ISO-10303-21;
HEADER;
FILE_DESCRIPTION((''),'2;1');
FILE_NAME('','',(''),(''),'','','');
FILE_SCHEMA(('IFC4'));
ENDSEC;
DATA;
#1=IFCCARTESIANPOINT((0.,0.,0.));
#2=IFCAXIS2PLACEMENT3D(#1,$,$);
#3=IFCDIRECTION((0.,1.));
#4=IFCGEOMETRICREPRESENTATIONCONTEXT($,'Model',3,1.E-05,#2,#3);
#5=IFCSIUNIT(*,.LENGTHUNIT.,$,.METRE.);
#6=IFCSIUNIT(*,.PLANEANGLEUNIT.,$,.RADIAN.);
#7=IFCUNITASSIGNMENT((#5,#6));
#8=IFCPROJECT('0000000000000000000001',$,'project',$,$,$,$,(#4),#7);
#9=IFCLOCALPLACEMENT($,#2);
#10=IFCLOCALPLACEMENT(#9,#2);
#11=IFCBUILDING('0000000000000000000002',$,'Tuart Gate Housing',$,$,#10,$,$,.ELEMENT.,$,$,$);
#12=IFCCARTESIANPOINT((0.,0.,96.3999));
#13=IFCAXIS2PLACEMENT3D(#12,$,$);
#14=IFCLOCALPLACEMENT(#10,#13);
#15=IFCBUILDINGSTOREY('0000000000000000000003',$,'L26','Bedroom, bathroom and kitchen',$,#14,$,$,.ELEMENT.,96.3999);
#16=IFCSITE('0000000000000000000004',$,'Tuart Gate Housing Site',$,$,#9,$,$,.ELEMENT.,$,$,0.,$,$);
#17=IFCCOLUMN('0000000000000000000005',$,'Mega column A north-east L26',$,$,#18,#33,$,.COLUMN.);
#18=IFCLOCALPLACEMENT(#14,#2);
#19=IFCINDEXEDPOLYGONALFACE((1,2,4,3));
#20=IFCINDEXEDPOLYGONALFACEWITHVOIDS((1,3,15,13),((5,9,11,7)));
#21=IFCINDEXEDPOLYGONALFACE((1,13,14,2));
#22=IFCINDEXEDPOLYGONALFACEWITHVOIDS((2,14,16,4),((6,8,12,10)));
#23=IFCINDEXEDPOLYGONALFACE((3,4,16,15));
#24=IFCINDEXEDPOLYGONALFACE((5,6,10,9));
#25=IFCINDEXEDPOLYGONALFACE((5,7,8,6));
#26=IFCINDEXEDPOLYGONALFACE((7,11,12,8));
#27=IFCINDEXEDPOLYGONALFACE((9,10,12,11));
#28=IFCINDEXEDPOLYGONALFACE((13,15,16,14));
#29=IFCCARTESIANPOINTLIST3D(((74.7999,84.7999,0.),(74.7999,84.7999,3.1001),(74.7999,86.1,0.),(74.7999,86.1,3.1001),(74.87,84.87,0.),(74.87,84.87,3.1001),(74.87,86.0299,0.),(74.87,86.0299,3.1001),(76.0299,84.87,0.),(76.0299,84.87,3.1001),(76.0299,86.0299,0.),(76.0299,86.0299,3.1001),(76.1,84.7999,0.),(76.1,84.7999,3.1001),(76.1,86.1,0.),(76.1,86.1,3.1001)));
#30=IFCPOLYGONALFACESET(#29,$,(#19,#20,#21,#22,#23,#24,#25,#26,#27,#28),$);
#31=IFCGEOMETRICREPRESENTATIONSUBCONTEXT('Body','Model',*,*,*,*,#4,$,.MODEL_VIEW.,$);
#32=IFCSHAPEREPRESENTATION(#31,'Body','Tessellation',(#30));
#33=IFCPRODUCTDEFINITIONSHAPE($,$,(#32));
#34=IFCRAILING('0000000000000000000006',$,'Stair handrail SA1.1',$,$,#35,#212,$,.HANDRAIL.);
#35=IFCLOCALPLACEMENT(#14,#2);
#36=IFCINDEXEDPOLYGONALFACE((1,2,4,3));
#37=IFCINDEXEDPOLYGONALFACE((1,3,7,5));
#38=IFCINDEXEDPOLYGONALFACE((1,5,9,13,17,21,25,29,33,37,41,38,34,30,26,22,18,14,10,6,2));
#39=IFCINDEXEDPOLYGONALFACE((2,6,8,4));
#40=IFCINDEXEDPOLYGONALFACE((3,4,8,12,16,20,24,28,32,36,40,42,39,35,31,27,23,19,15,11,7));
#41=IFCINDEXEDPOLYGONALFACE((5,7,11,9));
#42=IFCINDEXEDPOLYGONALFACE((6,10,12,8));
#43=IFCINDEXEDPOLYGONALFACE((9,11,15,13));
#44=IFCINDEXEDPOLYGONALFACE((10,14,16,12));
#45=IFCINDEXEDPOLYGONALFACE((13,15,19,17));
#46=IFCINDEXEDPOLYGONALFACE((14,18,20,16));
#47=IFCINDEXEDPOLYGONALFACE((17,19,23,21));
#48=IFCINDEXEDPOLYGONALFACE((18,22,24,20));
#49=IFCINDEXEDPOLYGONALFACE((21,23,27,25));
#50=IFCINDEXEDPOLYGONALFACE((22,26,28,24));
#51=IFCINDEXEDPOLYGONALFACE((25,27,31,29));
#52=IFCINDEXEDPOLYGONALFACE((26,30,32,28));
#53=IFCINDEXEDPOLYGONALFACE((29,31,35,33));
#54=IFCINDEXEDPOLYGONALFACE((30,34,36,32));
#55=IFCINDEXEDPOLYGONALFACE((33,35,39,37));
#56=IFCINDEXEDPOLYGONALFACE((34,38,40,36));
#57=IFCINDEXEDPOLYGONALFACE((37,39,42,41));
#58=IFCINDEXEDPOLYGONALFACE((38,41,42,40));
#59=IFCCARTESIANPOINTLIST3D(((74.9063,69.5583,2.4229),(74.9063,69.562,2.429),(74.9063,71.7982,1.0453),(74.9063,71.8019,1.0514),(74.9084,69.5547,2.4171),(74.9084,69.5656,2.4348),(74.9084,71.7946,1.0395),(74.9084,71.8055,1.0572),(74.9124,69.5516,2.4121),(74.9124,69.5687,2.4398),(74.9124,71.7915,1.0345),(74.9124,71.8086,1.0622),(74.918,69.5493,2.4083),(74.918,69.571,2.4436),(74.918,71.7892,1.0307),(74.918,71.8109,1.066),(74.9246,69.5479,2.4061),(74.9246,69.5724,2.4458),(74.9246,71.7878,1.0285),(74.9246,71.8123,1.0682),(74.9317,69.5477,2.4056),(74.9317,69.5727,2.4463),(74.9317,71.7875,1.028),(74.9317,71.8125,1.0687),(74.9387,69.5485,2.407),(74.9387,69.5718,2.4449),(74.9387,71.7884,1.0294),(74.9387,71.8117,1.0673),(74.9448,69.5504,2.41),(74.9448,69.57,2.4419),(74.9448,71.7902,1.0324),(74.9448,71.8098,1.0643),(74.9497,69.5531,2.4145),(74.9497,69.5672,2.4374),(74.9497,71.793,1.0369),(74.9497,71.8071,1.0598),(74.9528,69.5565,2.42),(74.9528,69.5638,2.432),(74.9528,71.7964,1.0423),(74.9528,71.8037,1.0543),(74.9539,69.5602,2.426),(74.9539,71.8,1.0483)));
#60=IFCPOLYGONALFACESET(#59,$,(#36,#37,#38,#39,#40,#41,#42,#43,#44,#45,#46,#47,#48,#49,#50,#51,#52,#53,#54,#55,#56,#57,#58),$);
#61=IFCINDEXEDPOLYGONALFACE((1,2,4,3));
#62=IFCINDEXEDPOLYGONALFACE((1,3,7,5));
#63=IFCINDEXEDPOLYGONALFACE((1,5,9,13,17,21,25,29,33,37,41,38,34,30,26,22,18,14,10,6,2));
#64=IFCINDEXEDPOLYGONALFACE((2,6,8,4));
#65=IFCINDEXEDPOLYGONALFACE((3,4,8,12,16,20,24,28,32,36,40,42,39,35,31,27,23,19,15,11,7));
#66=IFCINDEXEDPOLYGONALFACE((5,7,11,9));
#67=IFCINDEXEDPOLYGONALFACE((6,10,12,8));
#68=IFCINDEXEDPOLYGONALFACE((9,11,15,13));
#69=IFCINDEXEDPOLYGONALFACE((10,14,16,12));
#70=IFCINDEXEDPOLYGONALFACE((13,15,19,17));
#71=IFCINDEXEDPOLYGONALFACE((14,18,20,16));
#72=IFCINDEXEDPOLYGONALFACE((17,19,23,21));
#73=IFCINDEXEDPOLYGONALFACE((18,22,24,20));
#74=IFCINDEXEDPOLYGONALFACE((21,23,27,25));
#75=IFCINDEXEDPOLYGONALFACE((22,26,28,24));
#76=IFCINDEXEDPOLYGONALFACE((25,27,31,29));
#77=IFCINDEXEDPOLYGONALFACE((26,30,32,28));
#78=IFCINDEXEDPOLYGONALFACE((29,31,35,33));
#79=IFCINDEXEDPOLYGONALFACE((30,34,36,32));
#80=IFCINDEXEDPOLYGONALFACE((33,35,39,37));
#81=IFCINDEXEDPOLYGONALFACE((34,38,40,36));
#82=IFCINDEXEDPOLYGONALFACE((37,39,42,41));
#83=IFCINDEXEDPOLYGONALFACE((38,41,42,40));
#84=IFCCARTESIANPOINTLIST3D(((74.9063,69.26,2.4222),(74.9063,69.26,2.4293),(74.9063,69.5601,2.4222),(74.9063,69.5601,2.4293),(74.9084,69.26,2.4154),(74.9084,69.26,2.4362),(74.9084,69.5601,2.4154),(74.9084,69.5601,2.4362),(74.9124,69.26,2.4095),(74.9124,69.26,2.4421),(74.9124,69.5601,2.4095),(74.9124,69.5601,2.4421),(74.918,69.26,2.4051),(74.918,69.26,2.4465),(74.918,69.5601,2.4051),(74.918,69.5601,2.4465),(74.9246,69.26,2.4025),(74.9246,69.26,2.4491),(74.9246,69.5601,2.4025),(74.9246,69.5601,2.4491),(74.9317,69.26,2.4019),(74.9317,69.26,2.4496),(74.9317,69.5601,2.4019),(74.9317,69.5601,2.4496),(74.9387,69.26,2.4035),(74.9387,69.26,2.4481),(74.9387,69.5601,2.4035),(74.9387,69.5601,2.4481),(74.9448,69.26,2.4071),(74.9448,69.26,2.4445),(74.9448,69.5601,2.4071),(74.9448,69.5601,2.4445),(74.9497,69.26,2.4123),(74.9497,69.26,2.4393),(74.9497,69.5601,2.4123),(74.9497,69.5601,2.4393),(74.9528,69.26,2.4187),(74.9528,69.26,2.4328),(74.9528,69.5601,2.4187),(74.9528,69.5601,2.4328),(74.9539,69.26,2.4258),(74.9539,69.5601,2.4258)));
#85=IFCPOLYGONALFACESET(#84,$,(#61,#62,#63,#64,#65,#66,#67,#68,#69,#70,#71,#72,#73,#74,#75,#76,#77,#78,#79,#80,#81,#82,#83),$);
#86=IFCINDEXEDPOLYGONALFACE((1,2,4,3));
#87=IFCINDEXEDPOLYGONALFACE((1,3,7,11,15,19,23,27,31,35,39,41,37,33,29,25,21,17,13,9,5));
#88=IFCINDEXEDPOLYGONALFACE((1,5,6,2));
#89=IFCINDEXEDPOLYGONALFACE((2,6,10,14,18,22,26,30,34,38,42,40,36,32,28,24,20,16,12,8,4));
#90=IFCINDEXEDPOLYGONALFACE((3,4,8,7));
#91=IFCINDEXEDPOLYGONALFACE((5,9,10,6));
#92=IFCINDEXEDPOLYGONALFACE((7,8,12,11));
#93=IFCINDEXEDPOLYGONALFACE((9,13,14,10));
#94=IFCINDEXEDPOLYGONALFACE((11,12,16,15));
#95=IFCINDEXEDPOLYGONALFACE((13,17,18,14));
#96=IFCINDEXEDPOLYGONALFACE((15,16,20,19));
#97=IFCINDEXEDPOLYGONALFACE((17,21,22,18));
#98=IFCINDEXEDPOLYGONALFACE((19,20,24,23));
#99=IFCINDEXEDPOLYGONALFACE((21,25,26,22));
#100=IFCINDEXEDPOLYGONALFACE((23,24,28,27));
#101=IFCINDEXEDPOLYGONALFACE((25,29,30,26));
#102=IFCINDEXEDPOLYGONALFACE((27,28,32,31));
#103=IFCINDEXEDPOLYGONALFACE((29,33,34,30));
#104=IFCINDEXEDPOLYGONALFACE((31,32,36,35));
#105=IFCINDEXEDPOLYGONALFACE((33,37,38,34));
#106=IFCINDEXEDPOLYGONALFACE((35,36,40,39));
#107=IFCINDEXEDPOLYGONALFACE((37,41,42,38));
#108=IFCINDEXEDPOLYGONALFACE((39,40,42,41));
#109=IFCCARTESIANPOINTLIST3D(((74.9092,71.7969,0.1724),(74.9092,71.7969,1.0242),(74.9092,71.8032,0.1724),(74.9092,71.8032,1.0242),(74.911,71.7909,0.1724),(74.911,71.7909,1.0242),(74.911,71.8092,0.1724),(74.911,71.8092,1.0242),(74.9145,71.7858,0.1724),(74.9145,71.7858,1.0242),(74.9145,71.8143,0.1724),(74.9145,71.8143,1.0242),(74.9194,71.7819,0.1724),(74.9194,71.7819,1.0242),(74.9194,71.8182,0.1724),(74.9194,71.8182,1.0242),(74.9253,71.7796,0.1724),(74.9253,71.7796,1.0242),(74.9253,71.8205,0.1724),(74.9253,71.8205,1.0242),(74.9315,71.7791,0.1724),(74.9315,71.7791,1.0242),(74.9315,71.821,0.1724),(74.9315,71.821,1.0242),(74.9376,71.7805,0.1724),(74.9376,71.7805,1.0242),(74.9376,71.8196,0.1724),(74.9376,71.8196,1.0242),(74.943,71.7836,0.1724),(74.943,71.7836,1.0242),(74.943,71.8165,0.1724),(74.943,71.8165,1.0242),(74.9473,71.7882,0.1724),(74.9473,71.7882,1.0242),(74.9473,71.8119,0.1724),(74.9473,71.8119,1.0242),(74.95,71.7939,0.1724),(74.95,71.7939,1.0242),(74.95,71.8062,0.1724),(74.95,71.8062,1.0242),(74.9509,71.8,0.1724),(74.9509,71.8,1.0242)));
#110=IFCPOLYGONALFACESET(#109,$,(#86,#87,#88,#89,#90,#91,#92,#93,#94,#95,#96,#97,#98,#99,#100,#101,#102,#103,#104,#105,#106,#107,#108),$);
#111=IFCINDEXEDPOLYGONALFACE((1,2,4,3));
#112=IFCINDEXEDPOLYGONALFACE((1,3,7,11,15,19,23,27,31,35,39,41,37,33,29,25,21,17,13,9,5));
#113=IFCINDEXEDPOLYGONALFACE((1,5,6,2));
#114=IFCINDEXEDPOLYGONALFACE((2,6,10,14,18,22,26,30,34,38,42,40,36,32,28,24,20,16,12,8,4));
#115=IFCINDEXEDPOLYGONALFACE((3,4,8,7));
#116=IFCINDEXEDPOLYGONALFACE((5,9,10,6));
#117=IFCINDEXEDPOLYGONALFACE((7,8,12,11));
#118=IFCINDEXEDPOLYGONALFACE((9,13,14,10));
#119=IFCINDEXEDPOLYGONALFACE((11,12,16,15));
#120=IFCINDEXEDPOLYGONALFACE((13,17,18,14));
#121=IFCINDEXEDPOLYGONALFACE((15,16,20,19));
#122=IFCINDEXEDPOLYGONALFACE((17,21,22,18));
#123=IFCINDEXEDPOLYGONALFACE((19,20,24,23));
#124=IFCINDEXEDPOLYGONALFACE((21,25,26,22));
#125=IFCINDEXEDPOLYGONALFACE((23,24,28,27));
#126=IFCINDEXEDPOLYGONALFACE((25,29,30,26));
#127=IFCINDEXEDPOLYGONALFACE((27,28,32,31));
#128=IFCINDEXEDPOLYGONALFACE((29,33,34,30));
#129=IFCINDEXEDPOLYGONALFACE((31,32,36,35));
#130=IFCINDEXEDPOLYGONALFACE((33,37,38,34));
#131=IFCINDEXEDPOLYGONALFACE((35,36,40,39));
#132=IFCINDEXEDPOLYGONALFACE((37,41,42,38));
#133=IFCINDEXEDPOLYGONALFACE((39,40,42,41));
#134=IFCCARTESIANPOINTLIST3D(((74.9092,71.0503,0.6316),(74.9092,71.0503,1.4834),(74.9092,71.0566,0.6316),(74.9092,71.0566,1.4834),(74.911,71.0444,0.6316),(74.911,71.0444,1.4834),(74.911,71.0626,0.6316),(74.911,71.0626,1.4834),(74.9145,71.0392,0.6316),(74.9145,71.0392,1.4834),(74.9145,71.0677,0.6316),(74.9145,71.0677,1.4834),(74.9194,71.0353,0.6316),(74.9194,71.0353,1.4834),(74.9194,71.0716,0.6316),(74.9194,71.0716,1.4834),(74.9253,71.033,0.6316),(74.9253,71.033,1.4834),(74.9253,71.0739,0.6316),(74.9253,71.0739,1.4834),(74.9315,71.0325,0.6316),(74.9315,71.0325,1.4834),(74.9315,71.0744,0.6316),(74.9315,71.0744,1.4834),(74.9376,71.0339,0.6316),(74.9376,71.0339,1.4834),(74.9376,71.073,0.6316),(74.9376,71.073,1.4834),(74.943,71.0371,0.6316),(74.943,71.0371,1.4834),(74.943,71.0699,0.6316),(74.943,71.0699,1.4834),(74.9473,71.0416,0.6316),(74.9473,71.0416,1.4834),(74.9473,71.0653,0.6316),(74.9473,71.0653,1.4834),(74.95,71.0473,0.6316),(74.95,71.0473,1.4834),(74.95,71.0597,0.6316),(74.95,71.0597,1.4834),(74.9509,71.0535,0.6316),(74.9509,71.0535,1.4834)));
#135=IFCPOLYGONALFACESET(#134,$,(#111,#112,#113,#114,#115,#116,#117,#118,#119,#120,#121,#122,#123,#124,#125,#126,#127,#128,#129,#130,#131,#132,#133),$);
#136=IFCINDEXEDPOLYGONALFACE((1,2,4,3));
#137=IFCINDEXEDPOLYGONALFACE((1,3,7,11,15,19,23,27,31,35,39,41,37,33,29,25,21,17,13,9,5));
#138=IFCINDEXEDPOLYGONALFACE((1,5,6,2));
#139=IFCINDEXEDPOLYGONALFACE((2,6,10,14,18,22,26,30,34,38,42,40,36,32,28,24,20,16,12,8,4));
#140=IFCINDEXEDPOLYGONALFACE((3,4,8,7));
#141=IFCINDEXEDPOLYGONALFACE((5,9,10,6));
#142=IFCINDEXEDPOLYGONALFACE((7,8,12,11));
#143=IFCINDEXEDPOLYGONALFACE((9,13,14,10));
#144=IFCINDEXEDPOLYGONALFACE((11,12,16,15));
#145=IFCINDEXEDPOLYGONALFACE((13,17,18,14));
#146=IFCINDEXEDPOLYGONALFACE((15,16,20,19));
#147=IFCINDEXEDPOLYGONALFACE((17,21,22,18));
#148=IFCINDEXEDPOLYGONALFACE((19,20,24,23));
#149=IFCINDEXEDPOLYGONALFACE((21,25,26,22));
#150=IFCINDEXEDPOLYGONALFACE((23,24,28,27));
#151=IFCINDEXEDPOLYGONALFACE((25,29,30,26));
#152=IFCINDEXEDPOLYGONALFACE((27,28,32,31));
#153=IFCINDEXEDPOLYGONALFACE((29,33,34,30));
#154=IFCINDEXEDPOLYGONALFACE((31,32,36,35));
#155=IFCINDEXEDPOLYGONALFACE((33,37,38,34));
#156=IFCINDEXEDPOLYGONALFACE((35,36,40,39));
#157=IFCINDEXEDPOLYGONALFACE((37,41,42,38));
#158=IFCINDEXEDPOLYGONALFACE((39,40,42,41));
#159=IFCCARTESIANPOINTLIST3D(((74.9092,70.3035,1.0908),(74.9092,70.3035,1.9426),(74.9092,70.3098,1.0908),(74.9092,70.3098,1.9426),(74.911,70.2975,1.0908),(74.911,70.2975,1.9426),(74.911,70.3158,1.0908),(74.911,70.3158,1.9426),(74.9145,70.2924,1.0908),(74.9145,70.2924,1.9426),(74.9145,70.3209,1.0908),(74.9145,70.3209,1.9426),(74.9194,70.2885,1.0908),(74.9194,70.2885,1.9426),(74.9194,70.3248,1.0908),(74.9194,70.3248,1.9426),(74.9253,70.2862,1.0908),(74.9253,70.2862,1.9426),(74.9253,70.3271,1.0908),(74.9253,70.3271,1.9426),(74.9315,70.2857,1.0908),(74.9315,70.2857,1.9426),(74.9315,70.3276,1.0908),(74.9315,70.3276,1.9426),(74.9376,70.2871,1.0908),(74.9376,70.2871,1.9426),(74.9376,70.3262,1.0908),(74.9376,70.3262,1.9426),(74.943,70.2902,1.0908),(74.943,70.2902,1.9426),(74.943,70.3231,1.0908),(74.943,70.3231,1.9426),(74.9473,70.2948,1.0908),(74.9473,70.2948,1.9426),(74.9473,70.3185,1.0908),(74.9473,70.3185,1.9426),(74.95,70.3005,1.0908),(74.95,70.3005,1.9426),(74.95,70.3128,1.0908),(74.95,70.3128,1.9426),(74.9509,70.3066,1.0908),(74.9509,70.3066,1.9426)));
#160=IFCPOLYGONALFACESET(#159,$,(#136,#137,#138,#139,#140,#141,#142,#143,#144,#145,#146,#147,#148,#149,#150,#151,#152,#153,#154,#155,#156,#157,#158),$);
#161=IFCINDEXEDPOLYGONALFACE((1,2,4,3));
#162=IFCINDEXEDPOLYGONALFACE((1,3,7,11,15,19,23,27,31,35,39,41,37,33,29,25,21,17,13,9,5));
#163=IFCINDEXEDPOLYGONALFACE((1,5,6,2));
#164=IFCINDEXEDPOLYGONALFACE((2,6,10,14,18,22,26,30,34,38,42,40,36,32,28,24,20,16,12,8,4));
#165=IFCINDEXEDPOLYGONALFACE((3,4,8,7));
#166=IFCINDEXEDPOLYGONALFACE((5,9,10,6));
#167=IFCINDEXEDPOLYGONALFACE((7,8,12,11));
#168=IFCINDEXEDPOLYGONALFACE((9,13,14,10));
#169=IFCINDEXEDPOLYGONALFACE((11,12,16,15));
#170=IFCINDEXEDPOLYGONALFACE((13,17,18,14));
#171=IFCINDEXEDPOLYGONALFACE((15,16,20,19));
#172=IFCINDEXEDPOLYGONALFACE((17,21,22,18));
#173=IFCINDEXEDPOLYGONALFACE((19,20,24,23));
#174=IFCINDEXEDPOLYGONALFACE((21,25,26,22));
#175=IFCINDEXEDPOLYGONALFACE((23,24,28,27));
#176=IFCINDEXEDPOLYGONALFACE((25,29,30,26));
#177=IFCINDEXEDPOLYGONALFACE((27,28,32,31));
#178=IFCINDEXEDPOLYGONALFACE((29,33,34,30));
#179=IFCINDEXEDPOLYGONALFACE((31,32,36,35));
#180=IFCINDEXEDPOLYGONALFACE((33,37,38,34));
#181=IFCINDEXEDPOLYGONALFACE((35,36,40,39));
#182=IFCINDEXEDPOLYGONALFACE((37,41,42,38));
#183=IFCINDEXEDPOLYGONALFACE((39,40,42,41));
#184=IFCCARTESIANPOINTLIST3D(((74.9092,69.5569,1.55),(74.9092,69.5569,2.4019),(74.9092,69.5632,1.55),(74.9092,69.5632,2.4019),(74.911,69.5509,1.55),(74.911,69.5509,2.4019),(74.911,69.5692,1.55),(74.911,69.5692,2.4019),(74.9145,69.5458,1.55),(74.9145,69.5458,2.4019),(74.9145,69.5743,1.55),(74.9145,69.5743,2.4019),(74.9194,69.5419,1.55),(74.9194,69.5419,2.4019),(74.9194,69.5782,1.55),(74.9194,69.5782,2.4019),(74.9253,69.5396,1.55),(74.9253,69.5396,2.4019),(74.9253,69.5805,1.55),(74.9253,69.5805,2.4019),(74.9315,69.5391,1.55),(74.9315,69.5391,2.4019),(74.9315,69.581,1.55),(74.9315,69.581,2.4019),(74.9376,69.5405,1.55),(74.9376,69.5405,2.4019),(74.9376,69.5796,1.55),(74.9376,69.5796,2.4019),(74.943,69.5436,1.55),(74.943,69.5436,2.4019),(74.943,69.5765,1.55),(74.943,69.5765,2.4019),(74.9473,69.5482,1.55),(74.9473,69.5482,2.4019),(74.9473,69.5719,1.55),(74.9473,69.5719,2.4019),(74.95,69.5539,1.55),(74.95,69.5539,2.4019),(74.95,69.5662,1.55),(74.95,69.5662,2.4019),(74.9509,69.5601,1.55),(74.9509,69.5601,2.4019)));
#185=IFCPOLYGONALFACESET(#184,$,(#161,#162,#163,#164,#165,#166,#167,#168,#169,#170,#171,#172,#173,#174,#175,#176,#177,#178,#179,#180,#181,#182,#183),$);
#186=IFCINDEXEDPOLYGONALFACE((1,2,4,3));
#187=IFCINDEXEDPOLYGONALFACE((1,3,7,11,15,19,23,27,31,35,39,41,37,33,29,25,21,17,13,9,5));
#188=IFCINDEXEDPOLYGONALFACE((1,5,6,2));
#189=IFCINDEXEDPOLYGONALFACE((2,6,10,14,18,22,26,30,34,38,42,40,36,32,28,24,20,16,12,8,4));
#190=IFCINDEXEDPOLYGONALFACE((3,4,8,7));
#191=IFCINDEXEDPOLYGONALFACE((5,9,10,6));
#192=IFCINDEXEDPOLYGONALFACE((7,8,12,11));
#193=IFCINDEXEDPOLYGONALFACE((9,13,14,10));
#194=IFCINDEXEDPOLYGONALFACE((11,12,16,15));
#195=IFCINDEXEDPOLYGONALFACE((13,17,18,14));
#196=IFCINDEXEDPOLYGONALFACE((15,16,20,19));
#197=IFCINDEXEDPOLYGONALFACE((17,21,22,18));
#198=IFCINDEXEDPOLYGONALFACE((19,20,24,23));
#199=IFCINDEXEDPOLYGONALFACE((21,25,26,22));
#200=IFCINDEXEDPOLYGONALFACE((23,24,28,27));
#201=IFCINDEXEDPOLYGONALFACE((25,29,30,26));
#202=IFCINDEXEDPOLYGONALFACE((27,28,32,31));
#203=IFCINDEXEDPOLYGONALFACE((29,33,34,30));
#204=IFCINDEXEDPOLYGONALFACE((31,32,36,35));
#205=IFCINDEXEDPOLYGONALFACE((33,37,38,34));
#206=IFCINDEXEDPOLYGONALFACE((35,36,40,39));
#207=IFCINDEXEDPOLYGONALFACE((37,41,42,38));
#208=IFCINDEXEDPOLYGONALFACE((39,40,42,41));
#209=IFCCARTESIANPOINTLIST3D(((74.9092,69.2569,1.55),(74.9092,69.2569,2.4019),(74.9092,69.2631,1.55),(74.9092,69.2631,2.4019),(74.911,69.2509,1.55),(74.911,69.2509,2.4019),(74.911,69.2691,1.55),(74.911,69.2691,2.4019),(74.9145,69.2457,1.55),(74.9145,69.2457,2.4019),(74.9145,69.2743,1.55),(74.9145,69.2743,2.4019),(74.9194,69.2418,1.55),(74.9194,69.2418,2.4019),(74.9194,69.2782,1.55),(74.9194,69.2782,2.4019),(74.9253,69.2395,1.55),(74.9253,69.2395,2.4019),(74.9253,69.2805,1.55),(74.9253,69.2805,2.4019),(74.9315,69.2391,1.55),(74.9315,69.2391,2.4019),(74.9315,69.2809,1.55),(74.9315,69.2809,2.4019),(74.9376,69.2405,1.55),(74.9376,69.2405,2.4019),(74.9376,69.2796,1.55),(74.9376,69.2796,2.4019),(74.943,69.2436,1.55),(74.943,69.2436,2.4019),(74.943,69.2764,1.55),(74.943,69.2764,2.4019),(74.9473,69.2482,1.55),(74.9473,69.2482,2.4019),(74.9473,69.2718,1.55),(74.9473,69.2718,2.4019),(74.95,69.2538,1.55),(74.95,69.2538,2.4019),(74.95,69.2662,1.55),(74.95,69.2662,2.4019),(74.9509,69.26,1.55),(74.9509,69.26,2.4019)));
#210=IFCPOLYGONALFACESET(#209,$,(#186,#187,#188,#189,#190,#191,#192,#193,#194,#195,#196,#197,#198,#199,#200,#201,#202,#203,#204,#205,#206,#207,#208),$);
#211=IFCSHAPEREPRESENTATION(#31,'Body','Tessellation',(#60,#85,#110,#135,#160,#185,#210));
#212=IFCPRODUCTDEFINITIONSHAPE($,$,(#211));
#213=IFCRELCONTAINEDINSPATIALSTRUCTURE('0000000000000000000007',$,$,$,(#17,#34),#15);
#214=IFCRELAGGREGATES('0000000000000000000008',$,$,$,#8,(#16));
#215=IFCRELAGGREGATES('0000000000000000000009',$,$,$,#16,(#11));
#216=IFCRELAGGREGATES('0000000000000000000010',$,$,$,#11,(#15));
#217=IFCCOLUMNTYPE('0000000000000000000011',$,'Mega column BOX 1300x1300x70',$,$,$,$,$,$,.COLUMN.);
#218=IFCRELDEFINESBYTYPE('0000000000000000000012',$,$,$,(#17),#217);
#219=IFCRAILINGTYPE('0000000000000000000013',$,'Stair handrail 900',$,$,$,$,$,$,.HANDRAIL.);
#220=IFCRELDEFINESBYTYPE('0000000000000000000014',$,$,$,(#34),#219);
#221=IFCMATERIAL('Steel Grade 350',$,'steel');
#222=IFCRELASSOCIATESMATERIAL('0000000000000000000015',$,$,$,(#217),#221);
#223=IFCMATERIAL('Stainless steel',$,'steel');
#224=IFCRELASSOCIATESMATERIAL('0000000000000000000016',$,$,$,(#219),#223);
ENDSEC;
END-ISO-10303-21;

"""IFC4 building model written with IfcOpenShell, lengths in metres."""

from ifc_helpers import new_model, si_unit, direction, frame, origin, origin_2d, place, context, subcontext, project, spatial, hollow_rectangle, circle, extrude, material, material_profile, profile_set, type_object, element, save


model = new_model("IFC4")

# Units and contexts
model_context = context("Model", 3, precision=1e-05, world=origin(), true_north=direction((0.0, 1.0)))
body_context = subcontext(model_context, "Body", "Model", "MODEL_VIEW")
ifc_project = project(units=[si_unit("LENGTHUNIT", "METRE"), si_unit("PLANEANGLEUNIT", "RADIAN")], contexts=[model_context])

# Site, building, storey
site_placement = place(None, origin())
site = spatial("IfcSite", under=ifc_project, at=site_placement, Name="Tuart Gate Housing Site", CompositionType="ELEMENT", RefElevation=0.0)
building_placement = place(site_placement, origin())
building = spatial("IfcBuilding", under=site, at=building_placement, Name="Tuart Gate Housing", CompositionType="ELEMENT")
storey_placement = place(building_placement, frame((0.0, 0.0, 96.3999)))
storey = spatial("IfcBuildingStorey", under=building, at=storey_placement, Name="L26", Description="Bedroom, bathroom and kitchen", CompositionType="ELEMENT", Elevation=96.3999)

# Column
ifc_material_1 = material(Name="Steel Grade 350", Category="steel")
ifc_material_profile = material_profile(ifc_material_1, hollow_rectangle(XDim=1.3, YDim=1.3, WallThickness=0.0701, at=origin_2d()), Name="BOX 1300x1300x70")
ifc_profile_set = profile_set([ifc_material_profile], Name="Steel Grade 350")
column_type = type_object("IfcColumnType", Name="Mega column BOX 1300x1300x70", PredefinedType="COLUMN", material=ifc_profile_set)
column_placement = place(storey_placement, frame((75.45, 85.45, 0.0), z_axis=(0.0, 0.0, 1.0), x_axis=(1.0, 0.0, 0.0)))
element("IfcColumn", 1, at=column_placement, inside=storey, type_object=column_type, Name="Mega column A north-east L26", PredefinedType="COLUMN", context=body_context, shape_type="SweptSolid", body=[
    extrude(hollow_rectangle(XDim=1.3, YDim=1.3, WallThickness=0.0701, at=origin_2d()), origin(), (0.0, 0.0, 1.0), 3.1001),
])

# Railing
ifc_material_2 = material(Name="Stainless steel", Category="steel")
railing_type = type_object("IfcRailingType", Name="Stair handrail 900", PredefinedType="HANDRAIL", material=ifc_material_2)
railing_placement = place(storey_placement, frame((74.9299, 71.8, 0.1724)))
element("IfcRailing", 2, at=railing_placement, inside=storey, type_object=railing_type, Name="Stair handrail SA1.1", PredefinedType="HANDRAIL", context=body_context, shape_type="SweptSolid", body=[
    extrude(circle(Radius=0.0239, at=origin_2d()), frame((0.0, 0.0, 0.876), z_axis=(0.0, -0.851789, 0.523885), x_axis=(1.0, 0.0, 0.0)), (0.0, 0.0, 1.0), 2.6296),
    extrude(circle(Radius=0.0239, at=origin_2d()), frame((0.0, -2.24, 2.2534), z_axis=(0.0, -1.0, 0.0), x_axis=(1.0, 0.0, 0.0)), (0.0, 0.0, 1.0), 0.3),
    extrude(circle(Radius=0.021, at=origin_2d()), origin(), (0.0, 0.0, 1.0), 0.8518),
    extrude(circle(Radius=0.021, at=origin_2d()), frame((0.0, -0.7466, 0.4592)), (0.0, 0.0, 1.0), 0.8518),
    extrude(circle(Radius=0.021, at=origin_2d()), frame((0.0, -1.4934, 0.9185)), (0.0, 0.0, 1.0), 0.8518),
    extrude(circle(Radius=0.021, at=origin_2d()), frame((0.0, -2.24, 1.3777)), (0.0, 0.0, 1.0), 0.8518),
    extrude(circle(Radius=0.021, at=origin_2d()), frame((0.0, -2.54, 1.3777)), (0.0, 0.0, 1.0), 0.8518),
])

save(model, "model.ifc")
